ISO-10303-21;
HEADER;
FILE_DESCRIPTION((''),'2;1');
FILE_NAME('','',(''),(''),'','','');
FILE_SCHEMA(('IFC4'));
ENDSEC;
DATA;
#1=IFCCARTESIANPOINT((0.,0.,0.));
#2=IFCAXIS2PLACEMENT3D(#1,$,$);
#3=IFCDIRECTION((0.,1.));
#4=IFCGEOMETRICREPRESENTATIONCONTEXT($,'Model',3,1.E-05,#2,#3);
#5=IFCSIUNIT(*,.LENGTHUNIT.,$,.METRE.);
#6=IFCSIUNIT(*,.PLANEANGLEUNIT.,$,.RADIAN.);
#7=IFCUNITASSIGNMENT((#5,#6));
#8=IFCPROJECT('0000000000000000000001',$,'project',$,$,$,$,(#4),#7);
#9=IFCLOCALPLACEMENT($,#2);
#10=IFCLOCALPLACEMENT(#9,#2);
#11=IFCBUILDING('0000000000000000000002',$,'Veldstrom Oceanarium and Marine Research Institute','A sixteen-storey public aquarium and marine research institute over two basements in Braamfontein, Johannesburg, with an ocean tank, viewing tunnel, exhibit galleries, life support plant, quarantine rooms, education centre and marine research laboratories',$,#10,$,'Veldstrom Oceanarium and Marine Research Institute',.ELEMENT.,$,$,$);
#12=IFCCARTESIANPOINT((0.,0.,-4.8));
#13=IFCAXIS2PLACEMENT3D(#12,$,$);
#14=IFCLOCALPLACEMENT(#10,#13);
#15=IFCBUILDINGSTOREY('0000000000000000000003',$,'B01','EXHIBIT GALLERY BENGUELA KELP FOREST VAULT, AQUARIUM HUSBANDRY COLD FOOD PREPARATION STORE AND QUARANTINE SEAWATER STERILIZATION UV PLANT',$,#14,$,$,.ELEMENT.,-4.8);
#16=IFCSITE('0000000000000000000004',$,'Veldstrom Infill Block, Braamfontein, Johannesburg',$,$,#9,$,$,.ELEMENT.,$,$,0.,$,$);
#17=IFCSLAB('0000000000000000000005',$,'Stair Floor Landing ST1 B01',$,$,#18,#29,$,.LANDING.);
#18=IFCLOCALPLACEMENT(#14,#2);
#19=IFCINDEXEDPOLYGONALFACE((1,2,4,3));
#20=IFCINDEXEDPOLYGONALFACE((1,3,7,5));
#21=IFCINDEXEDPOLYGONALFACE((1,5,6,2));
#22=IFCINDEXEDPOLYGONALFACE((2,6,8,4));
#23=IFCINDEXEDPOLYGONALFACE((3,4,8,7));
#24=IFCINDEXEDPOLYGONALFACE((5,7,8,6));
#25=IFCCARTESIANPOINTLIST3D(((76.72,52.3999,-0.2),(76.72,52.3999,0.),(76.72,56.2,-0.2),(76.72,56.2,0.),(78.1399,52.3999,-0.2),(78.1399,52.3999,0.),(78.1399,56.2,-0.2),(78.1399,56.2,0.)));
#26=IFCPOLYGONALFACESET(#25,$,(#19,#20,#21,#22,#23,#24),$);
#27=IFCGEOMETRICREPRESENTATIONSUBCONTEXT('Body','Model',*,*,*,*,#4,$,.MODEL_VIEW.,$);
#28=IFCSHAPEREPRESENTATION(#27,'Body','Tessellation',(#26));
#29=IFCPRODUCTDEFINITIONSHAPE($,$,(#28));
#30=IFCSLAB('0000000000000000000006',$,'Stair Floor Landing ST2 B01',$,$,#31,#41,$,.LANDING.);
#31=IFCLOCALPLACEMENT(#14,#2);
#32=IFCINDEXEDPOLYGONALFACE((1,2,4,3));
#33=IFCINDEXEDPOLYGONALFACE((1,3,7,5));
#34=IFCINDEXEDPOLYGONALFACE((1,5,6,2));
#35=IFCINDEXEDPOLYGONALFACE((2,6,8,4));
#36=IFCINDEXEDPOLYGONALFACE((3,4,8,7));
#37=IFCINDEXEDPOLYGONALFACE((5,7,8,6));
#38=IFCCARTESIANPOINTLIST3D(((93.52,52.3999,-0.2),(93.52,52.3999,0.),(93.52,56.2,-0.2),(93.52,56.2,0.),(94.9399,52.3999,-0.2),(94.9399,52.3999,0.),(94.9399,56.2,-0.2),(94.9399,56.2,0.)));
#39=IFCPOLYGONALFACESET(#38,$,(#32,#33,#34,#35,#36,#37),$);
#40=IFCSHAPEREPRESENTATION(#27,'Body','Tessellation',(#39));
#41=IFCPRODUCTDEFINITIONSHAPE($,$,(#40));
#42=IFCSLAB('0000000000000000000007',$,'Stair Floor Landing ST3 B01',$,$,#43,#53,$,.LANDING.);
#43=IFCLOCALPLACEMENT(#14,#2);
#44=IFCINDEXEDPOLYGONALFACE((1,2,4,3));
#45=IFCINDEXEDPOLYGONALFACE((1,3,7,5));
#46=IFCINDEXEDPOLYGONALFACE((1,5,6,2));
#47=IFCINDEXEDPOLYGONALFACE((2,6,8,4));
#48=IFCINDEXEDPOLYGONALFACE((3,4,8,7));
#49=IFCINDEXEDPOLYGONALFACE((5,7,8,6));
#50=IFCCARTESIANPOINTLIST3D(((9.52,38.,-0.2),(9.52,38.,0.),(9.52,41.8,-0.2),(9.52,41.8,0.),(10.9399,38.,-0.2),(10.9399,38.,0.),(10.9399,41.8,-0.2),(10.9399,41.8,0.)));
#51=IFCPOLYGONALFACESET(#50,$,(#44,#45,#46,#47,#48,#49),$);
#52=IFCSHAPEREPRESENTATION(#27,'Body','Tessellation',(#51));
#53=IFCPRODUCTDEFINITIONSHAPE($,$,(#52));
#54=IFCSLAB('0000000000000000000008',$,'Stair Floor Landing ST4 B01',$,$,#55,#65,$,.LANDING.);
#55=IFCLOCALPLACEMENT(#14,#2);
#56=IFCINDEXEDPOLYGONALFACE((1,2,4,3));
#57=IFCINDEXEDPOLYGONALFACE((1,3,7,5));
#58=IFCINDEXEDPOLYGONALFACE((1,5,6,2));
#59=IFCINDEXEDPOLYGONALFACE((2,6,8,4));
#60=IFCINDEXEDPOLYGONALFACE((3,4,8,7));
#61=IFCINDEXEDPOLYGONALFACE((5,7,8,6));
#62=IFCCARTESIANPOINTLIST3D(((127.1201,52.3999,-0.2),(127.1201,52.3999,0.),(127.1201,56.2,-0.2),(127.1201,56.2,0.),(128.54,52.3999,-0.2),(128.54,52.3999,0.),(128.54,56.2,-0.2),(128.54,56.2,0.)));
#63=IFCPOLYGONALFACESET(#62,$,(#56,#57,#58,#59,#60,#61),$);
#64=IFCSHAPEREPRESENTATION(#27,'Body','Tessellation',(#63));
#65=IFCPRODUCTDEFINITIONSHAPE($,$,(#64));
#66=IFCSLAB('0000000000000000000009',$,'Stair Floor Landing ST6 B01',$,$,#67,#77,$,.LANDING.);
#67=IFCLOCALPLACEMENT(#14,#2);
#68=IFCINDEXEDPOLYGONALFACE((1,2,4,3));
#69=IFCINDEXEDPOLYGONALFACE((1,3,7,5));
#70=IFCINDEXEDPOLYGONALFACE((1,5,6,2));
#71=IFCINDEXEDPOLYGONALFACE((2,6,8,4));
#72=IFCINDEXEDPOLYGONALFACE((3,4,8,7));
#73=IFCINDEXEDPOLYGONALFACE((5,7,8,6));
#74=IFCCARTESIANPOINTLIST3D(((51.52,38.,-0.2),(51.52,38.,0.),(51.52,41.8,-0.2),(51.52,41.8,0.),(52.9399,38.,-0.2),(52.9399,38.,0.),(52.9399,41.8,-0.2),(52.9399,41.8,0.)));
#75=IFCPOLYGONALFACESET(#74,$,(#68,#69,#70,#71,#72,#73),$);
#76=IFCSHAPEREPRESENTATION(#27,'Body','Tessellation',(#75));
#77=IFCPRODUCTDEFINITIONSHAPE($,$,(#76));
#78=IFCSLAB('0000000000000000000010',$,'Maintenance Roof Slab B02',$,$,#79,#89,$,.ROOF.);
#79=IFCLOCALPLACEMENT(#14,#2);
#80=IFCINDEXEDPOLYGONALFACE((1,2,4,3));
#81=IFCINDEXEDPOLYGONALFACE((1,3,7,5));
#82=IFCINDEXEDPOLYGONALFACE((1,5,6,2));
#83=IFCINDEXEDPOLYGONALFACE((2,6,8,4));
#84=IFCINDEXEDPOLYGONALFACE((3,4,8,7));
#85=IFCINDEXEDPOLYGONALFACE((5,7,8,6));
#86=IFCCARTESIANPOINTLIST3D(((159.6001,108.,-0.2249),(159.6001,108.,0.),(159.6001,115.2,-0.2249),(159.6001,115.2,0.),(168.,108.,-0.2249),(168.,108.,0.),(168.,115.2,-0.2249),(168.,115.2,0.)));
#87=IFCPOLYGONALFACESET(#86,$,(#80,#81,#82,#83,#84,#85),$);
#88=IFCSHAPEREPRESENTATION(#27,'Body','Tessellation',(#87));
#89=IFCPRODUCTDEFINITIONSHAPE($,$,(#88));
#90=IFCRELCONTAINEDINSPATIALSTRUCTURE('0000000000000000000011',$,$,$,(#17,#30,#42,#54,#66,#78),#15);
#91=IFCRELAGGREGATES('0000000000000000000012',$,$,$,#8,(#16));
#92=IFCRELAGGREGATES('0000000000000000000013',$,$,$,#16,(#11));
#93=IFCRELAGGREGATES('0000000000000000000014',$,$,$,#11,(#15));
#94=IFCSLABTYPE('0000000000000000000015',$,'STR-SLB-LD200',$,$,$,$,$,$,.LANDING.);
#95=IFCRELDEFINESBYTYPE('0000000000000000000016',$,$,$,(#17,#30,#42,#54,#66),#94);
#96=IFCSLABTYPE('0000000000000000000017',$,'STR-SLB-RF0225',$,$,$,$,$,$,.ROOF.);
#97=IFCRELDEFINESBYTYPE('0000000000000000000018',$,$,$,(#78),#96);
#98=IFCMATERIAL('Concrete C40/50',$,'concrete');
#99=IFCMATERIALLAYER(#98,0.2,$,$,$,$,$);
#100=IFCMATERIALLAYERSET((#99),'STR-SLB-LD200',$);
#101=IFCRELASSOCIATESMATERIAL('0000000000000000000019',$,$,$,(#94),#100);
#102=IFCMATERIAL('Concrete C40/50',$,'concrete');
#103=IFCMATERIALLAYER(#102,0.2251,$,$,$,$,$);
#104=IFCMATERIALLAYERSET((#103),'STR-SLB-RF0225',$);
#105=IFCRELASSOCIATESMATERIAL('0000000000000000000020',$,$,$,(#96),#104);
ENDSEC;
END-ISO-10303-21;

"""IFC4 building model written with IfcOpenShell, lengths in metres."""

from ifc_helpers import new_model, si_unit, direction, frame, origin, place, context, subcontext, project, spatial, polyline, outline, extrude, material, layer, layer_set, type_object, element, save


model = new_model("IFC4")

# Units and contexts
model_context = context("Model", 3, precision=1e-05, world=origin(), true_north=direction((0.0, 1.0)))
body_context = subcontext(model_context, "Body", "Model", "MODEL_VIEW")
ifc_project = project(units=[si_unit("LENGTHUNIT", "METRE"), si_unit("PLANEANGLEUNIT", "RADIAN")], contexts=[model_context])

# Site, building, storey
site_placement = place(None, origin())
site = spatial("IfcSite", under=ifc_project, at=site_placement, Name="Veldstrom Infill Block, Braamfontein, Johannesburg", CompositionType="ELEMENT", RefElevation=0.0)
building_placement = place(site_placement, origin())
building = spatial("IfcBuilding", under=site, at=building_placement, Name="Veldstrom Oceanarium and Marine Research Institute", Description="A sixteen-storey public aquarium and marine research institute over two basements in Braamfontein, Johannesburg, with an ocean tank, viewing tunnel, exhibit galleries, life support plant, quarantine rooms, education centre and marine research laboratories", LongName="Veldstrom Oceanarium and Marine Research Institute", CompositionType="ELEMENT")
storey_placement = place(building_placement, frame((0.0, 0.0, -4.8)))
storey = spatial("IfcBuildingStorey", under=building, at=storey_placement, Name="B01", Description="EXHIBIT GALLERY BENGUELA KELP FOREST VAULT, AQUARIUM HUSBANDRY COLD FOOD PREPARATION STORE AND QUARANTINE SEAWATER STERILIZATION UV PLANT", CompositionType="ELEMENT", Elevation=-4.8)

# Slabs
ifc_material_1 = material(Name="Concrete C40/50", Category="concrete")
ifc_layer_1 = layer(ifc_material_1, 0.2)
ifc_layer_set_1 = layer_set([ifc_layer_1], Name="STR-SLB-LD200")
slab_type_1 = type_object("IfcSlabType", Name="STR-SLB-LD200", PredefinedType="LANDING", material=ifc_layer_set_1)
slab_1_placement = place(storey_placement, frame((0.0, 0.0, -0.2)))
element("IfcSlab", 1, at=slab_1_placement, inside=storey, type_object=slab_type_1, Name="Stair Floor Landing ST1 B01", PredefinedType="LANDING", context=body_context, shape_type="SweptSolid", body=[
    extrude(outline(polyline([(76.72, 52.3999), (78.1399, 52.3999), (78.1399, 56.2), (76.72, 56.2), (76.72, 52.3999)])), origin(), (0.0, 0.0, 1.0), 0.2),
])
slab_2_placement = place(storey_placement, frame((0.0, 0.0, -0.2)))
element("IfcSlab", 2, at=slab_2_placement, inside=storey, type_object=slab_type_1, Name="Stair Floor Landing ST2 B01", PredefinedType="LANDING", context=body_context, shape_type="SweptSolid", body=[
    extrude(outline(polyline([(93.52, 52.3999), (94.9399, 52.3999), (94.9399, 56.2), (93.52, 56.2), (93.52, 52.3999)])), origin(), (0.0, 0.0, 1.0), 0.2),
])
slab_3_placement = place(storey_placement, frame((0.0, 0.0, -0.2)))
element("IfcSlab", 3, at=slab_3_placement, inside=storey, type_object=slab_type_1, Name="Stair Floor Landing ST3 B01", PredefinedType="LANDING", context=body_context, shape_type="SweptSolid", body=[
    extrude(outline(polyline([(9.52, 38.0), (10.9399, 38.0), (10.9399, 41.8), (9.52, 41.8), (9.52, 38.0)])), origin(), (0.0, 0.0, 1.0), 0.2),
])
slab_4_placement = place(storey_placement, frame((0.0, 0.0, -0.2)))
element("IfcSlab", 4, at=slab_4_placement, inside=storey, type_object=slab_type_1, Name="Stair Floor Landing ST4 B01", PredefinedType="LANDING", context=body_context, shape_type="SweptSolid", body=[
    extrude(outline(polyline([(127.1201, 52.3999), (128.54, 52.3999), (128.54, 56.2), (127.1201, 56.2), (127.1201, 52.3999)])), origin(), (0.0, 0.0, 1.0), 0.2),
])
slab_5_placement = place(storey_placement, frame((0.0, 0.0, -0.2)))
element("IfcSlab", 5, at=slab_5_placement, inside=storey, type_object=slab_type_1, Name="Stair Floor Landing ST6 B01", PredefinedType="LANDING", context=body_context, shape_type="SweptSolid", body=[
    extrude(outline(polyline([(51.52, 38.0), (52.9399, 38.0), (52.9399, 41.8), (51.52, 41.8), (51.52, 38.0)])), origin(), (0.0, 0.0, 1.0), 0.2),
])
ifc_material_2 = material(Name="Concrete C40/50", Category="concrete")
ifc_layer_2 = layer(ifc_material_2, 0.2251)
ifc_layer_set_2 = layer_set([ifc_layer_2], Name="STR-SLB-RF0225")
slab_type_2 = type_object("IfcSlabType", Name="STR-SLB-RF0225", PredefinedType="ROOF", material=ifc_layer_set_2)
slab_6_placement = place(storey_placement, frame((0.0, 0.0, -0.2249)))
element("IfcSlab", 6, at=slab_6_placement, inside=storey, type_object=slab_type_2, Name="Maintenance Roof Slab B02", PredefinedType="ROOF", context=body_context, shape_type="SweptSolid", body=[
    extrude(outline(polyline([(168.0, 108.0), (168.0, 115.2), (159.6001, 115.2), (159.6001, 108.0), (168.0, 108.0)])), origin(), (0.0, 0.0, 1.0), 0.2249),
])

save(model, "model.ifc")
